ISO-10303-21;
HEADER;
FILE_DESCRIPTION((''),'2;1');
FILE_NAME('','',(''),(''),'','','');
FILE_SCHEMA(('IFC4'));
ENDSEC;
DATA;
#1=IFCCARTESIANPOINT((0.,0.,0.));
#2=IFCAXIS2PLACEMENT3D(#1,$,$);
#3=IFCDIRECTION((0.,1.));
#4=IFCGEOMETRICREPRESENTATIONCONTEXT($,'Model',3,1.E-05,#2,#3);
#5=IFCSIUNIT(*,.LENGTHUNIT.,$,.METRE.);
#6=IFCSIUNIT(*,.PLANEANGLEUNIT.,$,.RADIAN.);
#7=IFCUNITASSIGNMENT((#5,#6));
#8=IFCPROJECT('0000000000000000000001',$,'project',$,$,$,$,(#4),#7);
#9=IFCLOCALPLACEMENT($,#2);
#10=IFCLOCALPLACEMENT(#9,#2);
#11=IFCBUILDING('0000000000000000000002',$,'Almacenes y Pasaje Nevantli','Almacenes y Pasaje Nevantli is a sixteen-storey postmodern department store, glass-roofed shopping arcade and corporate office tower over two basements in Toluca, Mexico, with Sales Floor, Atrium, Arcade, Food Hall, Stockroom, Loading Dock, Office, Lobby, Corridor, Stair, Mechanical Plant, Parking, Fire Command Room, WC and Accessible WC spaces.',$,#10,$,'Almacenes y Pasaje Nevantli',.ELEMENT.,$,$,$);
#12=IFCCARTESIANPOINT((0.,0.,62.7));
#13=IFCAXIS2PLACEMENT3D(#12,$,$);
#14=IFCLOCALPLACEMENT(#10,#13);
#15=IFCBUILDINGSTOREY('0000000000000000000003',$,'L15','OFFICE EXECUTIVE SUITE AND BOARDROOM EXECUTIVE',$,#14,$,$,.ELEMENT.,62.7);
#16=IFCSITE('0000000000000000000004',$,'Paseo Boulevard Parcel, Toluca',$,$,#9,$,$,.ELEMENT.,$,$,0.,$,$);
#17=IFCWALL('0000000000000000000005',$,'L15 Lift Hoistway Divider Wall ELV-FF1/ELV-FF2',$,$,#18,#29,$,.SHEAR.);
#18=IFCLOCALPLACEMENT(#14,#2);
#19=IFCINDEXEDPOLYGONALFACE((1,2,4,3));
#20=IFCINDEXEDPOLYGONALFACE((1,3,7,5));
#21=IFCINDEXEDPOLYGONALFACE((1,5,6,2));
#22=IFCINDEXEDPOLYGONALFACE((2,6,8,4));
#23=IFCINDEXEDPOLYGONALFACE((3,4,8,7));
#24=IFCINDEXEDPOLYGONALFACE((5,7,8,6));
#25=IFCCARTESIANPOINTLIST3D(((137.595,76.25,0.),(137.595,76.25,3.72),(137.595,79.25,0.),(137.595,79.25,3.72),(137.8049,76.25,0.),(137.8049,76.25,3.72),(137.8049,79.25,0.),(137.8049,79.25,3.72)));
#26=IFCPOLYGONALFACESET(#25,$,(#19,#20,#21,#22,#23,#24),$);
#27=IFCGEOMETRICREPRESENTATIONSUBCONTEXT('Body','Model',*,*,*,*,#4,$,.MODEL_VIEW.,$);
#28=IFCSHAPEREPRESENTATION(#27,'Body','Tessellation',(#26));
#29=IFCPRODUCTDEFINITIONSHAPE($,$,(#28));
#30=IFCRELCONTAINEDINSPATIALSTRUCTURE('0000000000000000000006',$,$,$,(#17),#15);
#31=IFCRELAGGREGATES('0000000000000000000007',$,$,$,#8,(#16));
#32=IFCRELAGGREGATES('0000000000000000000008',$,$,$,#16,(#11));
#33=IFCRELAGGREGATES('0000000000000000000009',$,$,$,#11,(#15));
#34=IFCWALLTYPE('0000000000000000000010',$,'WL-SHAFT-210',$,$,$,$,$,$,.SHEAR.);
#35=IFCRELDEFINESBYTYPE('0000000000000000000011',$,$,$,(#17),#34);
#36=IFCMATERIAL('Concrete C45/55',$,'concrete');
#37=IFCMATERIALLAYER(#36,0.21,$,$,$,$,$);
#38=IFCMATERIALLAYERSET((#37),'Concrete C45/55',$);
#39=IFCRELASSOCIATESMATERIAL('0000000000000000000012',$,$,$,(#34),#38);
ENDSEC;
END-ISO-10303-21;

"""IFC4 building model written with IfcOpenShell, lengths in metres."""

from ifc_helpers import new_model, si_unit, direction, frame, frame_2d, origin, place, context, subcontext, project, spatial, rectangle, extrude, material, layer, layer_set, type_object, element, save


model = new_model("IFC4")

# Units and contexts
model_context = context("Model", 3, precision=1e-05, world=origin(), true_north=direction((0.0, 1.0)))
body_context = subcontext(model_context, "Body", "Model", "MODEL_VIEW")
ifc_project = project(units=[si_unit("LENGTHUNIT", "METRE"), si_unit("PLANEANGLEUNIT", "RADIAN")], contexts=[model_context])

# Site, building, storey
site_placement = place(None, origin())
site = spatial("IfcSite", under=ifc_project, at=site_placement, Name="Paseo Boulevard Parcel, Toluca", CompositionType="ELEMENT", RefElevation=0.0)
building_placement = place(site_placement, origin())
building = spatial("IfcBuilding", under=site, at=building_placement, Name="Almacenes y Pasaje Nevantli", Description="Almacenes y Pasaje Nevantli is a sixteen-storey postmodern department store, glass-roofed shopping arcade and corporate office tower over two basements in Toluca, Mexico, with Sales Floor, Atrium, Arcade, Food Hall, Stockroom, Loading Dock, Office, Lobby, Corridor, Stair, Mechanical Plant, Parking, Fire Command Room, WC and Accessible WC spaces.", LongName="Almacenes y Pasaje Nevantli", CompositionType="ELEMENT")
storey_placement = place(building_placement, frame((0.0, 0.0, 62.7)))
storey = spatial("IfcBuildingStorey", under=building, at=storey_placement, Name="L15", Description="OFFICE EXECUTIVE SUITE AND BOARDROOM EXECUTIVE", CompositionType="ELEMENT", Elevation=62.7)

# Wall
ifc_material_1 = material(Name="Concrete C45/55", Category="concrete")
ifc_layer_1 = layer(ifc_material_1, 0.21)
ifc_layer_set_1 = layer_set([ifc_layer_1], Name="Concrete C45/55")
wall_type_1 = type_object("IfcWallType", Name="WL-SHAFT-210", PredefinedType="SHEAR", material=ifc_layer_set_1)
for number, where, z_axis, x_axis, name in (
    (1, (137.7, 76.25, 0.0), (0.0, 0.0, 1.0), (0.0, 1.0, 0.0), "L15 Lift Hoistway Divider Wall ELV-FF1/ELV-FF2"),
):
    element("IfcWall", number, at=place(storey_placement, frame(where, z_axis=z_axis, x_axis=x_axis)), inside=storey, type_object=wall_type_1, Name=name, PredefinedType="SHEAR", context=body_context, shape_type="SweptSolid", body=[
        extrude(rectangle(XDim=3.0, YDim=0.21, at=frame_2d((1.5, 0.0))), origin(), (0.0, 0.0, 1.0), 3.72),
    ])

save(model, "model.ifc")
